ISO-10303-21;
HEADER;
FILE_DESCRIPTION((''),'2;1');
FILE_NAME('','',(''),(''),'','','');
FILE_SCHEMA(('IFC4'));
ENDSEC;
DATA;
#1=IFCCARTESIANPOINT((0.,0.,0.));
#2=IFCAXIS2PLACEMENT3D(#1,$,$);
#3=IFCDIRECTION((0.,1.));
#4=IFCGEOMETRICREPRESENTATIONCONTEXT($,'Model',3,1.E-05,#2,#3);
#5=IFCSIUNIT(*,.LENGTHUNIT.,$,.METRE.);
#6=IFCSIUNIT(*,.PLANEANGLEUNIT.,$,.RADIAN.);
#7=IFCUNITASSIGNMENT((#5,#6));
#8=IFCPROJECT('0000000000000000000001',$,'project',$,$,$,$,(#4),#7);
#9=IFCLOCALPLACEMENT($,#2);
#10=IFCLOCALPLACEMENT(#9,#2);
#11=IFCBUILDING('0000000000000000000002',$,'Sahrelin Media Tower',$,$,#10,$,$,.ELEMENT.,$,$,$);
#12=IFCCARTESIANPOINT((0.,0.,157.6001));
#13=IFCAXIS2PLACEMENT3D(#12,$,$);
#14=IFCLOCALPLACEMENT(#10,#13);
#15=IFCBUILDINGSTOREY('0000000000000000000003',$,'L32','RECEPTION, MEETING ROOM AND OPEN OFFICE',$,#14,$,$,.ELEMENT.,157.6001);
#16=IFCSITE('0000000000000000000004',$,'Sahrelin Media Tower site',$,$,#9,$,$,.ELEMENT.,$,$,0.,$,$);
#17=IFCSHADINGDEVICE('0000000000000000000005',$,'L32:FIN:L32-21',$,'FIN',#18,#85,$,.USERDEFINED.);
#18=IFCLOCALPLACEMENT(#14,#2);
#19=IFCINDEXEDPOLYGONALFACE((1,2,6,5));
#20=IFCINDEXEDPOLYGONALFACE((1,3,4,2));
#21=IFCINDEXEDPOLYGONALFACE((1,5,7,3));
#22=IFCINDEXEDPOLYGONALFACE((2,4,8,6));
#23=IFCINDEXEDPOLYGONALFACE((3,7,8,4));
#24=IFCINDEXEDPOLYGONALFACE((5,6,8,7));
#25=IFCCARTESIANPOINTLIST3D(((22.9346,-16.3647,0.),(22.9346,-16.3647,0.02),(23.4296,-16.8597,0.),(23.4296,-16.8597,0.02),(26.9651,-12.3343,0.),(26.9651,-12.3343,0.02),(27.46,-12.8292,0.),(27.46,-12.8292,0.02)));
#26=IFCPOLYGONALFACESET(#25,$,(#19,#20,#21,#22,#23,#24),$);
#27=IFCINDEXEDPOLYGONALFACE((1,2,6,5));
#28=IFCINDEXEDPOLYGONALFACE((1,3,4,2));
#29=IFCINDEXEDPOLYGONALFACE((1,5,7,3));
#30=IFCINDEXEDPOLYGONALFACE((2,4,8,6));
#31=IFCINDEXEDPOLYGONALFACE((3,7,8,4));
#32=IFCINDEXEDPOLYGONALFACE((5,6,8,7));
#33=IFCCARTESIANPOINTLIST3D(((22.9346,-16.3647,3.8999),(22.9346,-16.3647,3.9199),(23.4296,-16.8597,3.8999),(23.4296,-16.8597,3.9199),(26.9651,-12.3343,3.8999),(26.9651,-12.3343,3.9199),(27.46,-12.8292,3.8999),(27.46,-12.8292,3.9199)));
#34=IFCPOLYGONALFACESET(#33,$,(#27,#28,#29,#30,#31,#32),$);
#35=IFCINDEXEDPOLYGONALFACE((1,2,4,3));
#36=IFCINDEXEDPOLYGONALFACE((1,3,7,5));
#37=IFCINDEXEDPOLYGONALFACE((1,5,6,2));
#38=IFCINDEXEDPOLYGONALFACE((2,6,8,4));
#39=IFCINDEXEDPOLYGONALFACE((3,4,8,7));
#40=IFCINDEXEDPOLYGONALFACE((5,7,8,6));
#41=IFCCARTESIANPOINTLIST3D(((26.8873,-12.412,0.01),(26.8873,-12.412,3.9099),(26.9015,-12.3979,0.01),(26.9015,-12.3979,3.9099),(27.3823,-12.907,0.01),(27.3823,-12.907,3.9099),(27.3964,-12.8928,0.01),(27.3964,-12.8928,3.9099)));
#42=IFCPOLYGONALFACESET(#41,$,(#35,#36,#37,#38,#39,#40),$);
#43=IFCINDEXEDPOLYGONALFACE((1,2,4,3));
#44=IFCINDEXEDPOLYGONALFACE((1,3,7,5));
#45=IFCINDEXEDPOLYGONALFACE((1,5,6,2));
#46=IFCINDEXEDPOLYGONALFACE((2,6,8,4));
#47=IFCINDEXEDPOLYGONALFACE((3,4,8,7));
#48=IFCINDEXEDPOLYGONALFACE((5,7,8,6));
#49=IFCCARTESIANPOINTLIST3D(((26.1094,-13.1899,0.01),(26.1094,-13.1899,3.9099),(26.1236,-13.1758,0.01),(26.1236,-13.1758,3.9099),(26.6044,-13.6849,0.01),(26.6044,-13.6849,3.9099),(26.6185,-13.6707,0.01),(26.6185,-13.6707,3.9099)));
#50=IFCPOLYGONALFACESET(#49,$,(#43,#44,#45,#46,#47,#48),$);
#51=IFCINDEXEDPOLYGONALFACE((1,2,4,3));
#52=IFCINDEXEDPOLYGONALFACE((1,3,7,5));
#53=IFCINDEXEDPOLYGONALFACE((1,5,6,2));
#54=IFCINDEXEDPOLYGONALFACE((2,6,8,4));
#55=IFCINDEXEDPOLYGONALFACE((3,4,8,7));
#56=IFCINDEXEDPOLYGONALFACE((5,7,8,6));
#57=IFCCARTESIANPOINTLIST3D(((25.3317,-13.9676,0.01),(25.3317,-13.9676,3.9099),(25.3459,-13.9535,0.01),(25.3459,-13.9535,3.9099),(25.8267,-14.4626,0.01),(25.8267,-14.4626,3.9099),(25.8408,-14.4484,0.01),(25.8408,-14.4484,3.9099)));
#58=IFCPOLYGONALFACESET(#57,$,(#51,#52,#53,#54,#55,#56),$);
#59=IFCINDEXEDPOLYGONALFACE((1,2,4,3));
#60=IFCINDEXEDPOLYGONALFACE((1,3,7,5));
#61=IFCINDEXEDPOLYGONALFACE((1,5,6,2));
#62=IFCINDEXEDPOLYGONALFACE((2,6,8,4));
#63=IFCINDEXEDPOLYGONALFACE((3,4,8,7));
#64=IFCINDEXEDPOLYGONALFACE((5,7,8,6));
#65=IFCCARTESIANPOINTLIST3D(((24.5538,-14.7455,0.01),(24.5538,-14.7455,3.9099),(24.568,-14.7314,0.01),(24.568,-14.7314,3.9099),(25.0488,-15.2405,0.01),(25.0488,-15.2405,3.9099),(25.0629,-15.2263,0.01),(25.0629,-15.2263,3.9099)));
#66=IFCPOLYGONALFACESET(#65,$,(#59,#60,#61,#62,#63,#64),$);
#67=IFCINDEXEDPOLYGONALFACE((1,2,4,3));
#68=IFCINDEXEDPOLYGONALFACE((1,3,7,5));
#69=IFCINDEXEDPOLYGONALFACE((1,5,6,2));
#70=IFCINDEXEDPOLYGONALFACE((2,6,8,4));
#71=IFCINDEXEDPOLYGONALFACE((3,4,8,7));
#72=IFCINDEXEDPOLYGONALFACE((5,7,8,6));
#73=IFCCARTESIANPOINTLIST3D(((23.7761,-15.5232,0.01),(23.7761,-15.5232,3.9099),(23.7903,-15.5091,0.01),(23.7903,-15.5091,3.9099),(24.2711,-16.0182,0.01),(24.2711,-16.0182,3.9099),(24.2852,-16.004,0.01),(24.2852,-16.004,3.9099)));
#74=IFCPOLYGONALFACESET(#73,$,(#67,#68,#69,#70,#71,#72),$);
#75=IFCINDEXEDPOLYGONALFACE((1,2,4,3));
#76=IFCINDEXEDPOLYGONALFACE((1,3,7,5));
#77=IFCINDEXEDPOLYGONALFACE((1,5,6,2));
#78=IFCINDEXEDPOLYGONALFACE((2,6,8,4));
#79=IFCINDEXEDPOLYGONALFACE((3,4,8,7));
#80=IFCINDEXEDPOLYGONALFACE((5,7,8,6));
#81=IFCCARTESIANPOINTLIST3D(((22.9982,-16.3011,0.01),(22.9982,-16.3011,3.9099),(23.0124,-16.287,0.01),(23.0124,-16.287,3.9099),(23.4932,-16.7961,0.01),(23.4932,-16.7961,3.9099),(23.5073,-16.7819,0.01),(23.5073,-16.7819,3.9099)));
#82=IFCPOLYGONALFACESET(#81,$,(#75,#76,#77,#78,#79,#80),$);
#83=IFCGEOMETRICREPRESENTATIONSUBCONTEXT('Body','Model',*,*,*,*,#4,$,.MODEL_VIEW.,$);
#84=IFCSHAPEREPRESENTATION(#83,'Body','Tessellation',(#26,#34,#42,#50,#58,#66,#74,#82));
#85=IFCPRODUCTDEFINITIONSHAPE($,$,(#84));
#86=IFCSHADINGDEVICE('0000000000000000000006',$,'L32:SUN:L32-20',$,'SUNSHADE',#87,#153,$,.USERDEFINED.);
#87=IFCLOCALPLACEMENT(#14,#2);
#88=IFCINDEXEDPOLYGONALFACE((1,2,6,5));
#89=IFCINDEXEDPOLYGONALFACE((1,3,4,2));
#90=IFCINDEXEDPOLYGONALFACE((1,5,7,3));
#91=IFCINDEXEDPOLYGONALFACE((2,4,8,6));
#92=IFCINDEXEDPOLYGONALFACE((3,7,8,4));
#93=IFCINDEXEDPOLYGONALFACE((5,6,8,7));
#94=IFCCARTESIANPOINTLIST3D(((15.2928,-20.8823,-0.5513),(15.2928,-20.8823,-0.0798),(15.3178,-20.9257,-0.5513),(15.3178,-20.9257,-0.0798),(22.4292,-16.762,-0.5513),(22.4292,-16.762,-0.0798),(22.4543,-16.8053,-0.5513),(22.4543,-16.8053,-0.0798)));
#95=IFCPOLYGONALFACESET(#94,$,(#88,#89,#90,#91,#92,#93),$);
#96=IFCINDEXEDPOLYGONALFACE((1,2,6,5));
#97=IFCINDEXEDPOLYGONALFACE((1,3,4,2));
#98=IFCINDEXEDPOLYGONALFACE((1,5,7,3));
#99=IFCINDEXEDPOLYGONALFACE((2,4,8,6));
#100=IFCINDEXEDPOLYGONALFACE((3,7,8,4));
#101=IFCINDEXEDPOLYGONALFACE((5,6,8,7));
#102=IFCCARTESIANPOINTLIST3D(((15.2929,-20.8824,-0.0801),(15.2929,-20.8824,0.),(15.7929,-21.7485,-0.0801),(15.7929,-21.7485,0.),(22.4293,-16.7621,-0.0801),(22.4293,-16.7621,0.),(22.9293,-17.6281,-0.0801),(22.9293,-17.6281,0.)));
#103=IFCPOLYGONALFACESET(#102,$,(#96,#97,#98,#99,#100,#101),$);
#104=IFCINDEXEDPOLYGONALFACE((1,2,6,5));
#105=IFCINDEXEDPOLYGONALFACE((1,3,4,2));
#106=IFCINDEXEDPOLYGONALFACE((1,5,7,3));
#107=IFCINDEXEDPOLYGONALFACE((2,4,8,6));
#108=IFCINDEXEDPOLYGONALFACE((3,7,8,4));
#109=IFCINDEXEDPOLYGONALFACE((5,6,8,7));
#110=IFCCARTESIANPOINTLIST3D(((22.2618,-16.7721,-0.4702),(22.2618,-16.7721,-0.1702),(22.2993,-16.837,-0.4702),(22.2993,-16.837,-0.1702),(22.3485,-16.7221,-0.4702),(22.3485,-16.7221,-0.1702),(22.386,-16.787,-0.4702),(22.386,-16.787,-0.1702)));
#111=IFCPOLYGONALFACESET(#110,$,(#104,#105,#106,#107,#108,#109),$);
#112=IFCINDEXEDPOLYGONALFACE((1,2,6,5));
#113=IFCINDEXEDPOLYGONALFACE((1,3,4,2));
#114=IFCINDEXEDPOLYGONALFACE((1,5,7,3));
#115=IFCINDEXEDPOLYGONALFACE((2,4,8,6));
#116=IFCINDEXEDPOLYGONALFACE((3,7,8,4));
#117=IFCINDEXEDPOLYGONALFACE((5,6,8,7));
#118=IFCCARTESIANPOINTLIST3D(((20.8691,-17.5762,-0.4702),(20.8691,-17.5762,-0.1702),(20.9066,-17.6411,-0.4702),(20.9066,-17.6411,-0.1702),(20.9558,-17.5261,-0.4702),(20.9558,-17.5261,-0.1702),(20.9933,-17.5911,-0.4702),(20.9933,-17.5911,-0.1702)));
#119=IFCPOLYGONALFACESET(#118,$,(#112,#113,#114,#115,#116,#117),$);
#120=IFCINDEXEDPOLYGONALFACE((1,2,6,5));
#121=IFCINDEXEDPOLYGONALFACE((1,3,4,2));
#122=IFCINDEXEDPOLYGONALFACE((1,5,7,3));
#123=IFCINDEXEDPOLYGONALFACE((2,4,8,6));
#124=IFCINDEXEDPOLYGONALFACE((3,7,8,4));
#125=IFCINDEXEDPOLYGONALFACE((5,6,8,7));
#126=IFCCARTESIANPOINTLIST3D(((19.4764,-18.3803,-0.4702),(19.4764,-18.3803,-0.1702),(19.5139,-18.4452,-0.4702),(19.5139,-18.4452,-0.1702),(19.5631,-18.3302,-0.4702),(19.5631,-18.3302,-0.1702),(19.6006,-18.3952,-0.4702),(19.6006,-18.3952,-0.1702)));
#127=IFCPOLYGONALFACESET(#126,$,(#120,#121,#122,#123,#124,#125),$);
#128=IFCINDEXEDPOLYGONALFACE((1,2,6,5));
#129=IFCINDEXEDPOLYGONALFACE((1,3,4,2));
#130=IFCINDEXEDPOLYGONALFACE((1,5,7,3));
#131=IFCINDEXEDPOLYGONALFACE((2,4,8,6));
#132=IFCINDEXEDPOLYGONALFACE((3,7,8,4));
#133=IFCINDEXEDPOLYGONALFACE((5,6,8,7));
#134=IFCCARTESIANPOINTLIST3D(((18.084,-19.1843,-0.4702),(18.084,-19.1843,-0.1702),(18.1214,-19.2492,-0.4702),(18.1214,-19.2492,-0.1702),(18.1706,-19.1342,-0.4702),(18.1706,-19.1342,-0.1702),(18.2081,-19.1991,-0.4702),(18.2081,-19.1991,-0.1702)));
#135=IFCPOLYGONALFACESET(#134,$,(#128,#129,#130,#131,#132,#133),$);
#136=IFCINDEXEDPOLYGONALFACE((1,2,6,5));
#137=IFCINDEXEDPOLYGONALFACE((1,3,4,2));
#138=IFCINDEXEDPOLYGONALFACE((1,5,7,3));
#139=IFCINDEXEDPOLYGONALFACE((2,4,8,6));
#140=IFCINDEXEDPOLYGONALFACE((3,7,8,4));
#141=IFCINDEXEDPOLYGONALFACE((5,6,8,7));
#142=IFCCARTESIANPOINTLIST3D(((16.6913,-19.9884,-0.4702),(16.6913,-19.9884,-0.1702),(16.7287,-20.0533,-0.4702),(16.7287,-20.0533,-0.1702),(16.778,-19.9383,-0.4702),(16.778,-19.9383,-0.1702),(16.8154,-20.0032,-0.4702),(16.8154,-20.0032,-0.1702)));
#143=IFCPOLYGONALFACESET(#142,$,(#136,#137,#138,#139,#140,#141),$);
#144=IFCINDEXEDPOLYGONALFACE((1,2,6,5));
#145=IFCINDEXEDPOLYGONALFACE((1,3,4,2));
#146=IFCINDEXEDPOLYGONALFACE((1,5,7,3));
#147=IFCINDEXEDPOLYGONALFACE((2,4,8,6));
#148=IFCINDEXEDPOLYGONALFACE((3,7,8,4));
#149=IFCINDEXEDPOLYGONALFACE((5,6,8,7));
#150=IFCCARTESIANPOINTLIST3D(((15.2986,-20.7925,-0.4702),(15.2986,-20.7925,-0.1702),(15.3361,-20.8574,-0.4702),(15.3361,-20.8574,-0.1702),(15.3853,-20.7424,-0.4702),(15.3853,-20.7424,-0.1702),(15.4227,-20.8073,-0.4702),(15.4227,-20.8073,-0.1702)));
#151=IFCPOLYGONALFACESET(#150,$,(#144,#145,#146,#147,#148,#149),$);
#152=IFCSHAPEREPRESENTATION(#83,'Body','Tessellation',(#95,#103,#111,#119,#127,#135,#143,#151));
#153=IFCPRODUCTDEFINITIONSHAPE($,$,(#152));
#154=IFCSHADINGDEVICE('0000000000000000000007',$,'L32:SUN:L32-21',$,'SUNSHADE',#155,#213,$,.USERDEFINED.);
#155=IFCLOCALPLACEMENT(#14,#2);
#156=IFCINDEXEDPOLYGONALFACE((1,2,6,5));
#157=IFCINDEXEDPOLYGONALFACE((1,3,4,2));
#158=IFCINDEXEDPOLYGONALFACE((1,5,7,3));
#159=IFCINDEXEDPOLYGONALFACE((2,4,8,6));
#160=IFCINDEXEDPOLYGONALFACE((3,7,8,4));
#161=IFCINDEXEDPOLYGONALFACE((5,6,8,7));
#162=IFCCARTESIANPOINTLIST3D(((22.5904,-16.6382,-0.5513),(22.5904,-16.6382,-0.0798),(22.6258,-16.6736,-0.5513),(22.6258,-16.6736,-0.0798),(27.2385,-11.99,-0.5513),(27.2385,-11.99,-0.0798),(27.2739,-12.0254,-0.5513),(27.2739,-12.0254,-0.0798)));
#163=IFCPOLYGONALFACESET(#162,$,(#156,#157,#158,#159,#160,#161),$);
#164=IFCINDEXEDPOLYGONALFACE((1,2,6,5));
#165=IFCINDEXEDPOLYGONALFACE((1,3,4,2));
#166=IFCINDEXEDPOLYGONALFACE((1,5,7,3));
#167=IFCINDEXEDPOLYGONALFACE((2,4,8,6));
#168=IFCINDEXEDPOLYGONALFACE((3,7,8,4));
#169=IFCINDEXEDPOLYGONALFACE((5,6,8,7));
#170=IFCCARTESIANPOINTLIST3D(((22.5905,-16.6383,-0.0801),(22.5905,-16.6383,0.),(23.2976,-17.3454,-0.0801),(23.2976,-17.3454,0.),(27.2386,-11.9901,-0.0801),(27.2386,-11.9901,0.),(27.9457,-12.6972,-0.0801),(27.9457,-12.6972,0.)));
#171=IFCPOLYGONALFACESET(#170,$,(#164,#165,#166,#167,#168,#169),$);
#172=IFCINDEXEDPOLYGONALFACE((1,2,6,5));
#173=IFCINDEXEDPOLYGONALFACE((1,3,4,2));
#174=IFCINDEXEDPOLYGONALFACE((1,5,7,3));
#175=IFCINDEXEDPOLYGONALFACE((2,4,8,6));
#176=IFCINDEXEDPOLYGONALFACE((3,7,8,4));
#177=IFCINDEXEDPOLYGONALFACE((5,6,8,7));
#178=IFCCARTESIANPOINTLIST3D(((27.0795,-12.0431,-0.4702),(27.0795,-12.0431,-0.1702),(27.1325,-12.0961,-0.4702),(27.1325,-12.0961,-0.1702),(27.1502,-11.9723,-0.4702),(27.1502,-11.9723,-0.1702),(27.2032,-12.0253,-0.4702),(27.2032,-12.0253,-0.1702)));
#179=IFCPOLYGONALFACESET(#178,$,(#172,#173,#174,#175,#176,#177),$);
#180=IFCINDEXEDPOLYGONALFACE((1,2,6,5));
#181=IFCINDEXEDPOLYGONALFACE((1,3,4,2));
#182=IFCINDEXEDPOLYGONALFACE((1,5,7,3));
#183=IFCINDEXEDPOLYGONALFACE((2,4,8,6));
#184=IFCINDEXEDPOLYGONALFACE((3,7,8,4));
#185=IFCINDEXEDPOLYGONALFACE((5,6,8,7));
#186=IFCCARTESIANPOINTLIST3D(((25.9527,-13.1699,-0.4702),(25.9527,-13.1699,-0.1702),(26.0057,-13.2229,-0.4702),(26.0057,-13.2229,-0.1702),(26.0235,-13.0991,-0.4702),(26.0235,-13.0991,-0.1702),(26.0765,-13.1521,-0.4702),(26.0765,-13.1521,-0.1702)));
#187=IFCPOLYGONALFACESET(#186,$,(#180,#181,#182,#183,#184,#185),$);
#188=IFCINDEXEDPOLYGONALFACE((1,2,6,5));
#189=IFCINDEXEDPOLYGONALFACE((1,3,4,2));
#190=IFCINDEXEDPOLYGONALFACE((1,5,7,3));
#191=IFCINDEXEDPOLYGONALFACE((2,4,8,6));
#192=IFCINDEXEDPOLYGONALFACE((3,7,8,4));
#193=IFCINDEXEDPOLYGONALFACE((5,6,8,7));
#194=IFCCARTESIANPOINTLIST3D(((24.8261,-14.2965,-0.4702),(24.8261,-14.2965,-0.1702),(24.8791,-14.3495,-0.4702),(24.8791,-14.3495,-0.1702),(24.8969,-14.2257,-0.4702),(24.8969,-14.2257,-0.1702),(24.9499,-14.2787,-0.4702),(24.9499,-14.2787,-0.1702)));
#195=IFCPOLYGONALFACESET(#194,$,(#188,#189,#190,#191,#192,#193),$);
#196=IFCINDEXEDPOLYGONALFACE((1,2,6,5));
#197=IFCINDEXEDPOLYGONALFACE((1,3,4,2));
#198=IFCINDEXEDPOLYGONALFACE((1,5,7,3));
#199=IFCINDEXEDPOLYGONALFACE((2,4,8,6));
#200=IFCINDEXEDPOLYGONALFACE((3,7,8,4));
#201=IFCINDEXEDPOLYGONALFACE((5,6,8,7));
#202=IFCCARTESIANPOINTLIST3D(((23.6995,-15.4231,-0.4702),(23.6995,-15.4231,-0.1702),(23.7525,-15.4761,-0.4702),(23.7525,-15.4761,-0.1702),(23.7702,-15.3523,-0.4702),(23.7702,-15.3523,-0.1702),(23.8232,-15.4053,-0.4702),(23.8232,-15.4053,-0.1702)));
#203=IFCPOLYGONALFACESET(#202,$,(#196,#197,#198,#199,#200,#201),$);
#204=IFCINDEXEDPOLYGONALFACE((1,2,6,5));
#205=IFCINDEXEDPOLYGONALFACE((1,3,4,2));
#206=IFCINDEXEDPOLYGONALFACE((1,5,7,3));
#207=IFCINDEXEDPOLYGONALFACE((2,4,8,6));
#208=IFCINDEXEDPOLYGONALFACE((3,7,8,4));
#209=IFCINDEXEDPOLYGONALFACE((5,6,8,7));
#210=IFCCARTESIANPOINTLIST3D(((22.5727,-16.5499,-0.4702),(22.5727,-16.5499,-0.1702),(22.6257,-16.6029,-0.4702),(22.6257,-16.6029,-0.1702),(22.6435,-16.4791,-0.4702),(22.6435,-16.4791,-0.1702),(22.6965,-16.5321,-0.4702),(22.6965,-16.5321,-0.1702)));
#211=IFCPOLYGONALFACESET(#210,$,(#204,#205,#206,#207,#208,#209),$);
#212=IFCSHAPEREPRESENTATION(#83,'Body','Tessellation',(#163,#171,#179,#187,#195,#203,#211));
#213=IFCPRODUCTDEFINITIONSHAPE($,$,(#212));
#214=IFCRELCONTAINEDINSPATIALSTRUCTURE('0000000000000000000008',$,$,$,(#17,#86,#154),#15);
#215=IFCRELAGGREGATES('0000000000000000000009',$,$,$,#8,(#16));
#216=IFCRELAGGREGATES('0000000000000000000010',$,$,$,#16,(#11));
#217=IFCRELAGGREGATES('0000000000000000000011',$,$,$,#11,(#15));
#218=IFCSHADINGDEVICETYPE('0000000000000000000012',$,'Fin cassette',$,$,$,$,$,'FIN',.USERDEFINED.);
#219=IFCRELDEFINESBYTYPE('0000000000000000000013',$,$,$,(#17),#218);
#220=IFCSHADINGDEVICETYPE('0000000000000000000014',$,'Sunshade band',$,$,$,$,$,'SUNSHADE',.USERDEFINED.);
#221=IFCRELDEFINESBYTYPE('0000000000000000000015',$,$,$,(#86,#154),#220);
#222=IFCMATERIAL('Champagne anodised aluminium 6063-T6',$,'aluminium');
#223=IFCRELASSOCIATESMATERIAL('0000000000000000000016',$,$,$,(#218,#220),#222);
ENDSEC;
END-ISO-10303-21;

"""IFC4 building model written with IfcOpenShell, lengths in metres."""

from ifc_helpers import new_model, si_unit, direction, frame, origin, origin_2d, place, context, subcontext, project, spatial, rectangle, extrude, material, type_object, element, save


model = new_model("IFC4")

# Units and contexts
model_context = context("Model", 3, precision=1e-05, world=origin(), true_north=direction((0.0, 1.0)))
body_context = subcontext(model_context, "Body", "Model", "MODEL_VIEW")
ifc_project = project(units=[si_unit("LENGTHUNIT", "METRE"), si_unit("PLANEANGLEUNIT", "RADIAN")], contexts=[model_context])

# Site, building, storey
site_placement = place(None, origin())
site = spatial("IfcSite", under=ifc_project, at=site_placement, Name="Sahrelin Media Tower site", CompositionType="ELEMENT", RefElevation=0.0)
building_placement = place(site_placement, origin())
building = spatial("IfcBuilding", under=site, at=building_placement, Name="Sahrelin Media Tower", CompositionType="ELEMENT")
storey_placement = place(building_placement, frame((0.0, 0.0, 157.6001)))
storey = spatial("IfcBuildingStorey", under=building, at=storey_placement, Name="L32", Description="RECEPTION, MEETING ROOM AND OPEN OFFICE", CompositionType="ELEMENT", Elevation=157.6001)

# Shared definitions
ifc_material_1 = material(Name="Champagne anodised aluminium 6063-T6", Category="aluminium")

# Shading devices
shading_device_type_1 = type_object("IfcShadingDeviceType", Name="Fin cassette", ElementType="FIN", PredefinedType="USERDEFINED", material=ifc_material_1)
placement_1 = place(storey_placement, frame((18.8511, -18.8049, 0.0), z_axis=(0.0, 0.0, 1.0), x_axis=(-0.866019, -0.500011, 0.0)))
placement_2 = place(storey_placement, frame((24.9004, -14.3, 0.0), z_axis=(0.0, 0.0, 1.0), x_axis=(-0.707107, -0.707107, 0.0)))
element("IfcShadingDevice", 1, at=placement_2, inside=storey, type_object=shading_device_type_1, Name="L32:FIN:L32-21", ObjectType="FIN", PredefinedType="USERDEFINED", context=body_context, shape_type="SweptSolid", body=[
    extrude(rectangle(XDim=5.7, YDim=0.7, at=origin_2d()), frame((0.0, 0.4199, 0.0)), (0.0, 0.0, 1.0), 0.02),
    extrude(rectangle(XDim=5.7, YDim=0.7, at=origin_2d()), frame((0.0, 0.4199, 3.8999)), (0.0, 0.0, 1.0), 0.02),
    extrude(rectangle(XDim=0.02, YDim=0.7, at=origin_2d()), frame((-2.75, 0.4199, 0.01), z_axis=(0.0, 0.0, 1.0), x_axis=(1.0, 0.0, 0.0)), (0.0, 0.0, 1.0), 3.8999),
    extrude(rectangle(XDim=0.02, YDim=0.7, at=origin_2d()), frame((-1.6499, 0.4199, 0.01), z_axis=(0.0, 0.0, 1.0), x_axis=(1.0, 0.0, 0.0)), (0.0, 0.0, 1.0), 3.8999),
    extrude(rectangle(XDim=0.02, YDim=0.7, at=origin_2d()), frame((-0.55, 0.4199, 0.01), z_axis=(0.0, 0.0, 1.0), x_axis=(1.0, 0.0, 0.0)), (0.0, 0.0, 1.0), 3.8999),
    extrude(rectangle(XDim=0.02, YDim=0.7, at=origin_2d()), frame((0.55, 0.4199, 0.01), z_axis=(0.0, 0.0, 1.0), x_axis=(1.0, 0.0, 0.0)), (0.0, 0.0, 1.0), 3.8999),
    extrude(rectangle(XDim=0.02, YDim=0.7, at=origin_2d()), frame((1.6499, 0.4199, 0.01), z_axis=(0.0, 0.0, 1.0), x_axis=(1.0, 0.0, 0.0)), (0.0, 0.0, 1.0), 3.8999),
    extrude(rectangle(XDim=0.02, YDim=0.7, at=origin_2d()), frame((2.75, 0.4199, 0.01), z_axis=(0.0, 0.0, 1.0), x_axis=(1.0, 0.0, 0.0)), (0.0, 0.0, 1.0), 3.8999),
])
shading_device_type_2 = type_object("IfcShadingDeviceType", Name="Sunshade band", ElementType="SUNSHADE", PredefinedType="USERDEFINED", material=ifc_material_1)
element("IfcShadingDevice", 2, at=placement_1, inside=storey, type_object=shading_device_type_2, Name="L32:SUN:L32-20", ObjectType="SUNSHADE", PredefinedType="USERDEFINED", context=body_context, shape_type="SweptSolid", body=[
    extrude(rectangle(XDim=8.2405, YDim=0.05, at=origin_2d()), frame((0.0, 0.0449, -0.5513)), (0.0, 0.0, 1.0), 0.4714),
    extrude(rectangle(XDim=8.2405, YDim=1.0, at=origin_2d()), frame((0.0, 0.52, -0.0801)), (0.0, 0.0, 1.0), 0.0801),
    extrude(rectangle(XDim=0.1001, YDim=0.075, at=origin_2d()), frame((-4.0203, -0.0176, -0.4702)), (0.0, 0.0, 1.0), 0.3),
    extrude(rectangle(XDim=0.1001, YDim=0.075, at=origin_2d()), frame((-2.4121, -0.0176, -0.4702)), (0.0, 0.0, 1.0), 0.3),
    extrude(rectangle(XDim=0.1001, YDim=0.075, at=origin_2d()), frame((-0.804, -0.0176, -0.4702)), (0.0, 0.0, 1.0), 0.3),
    extrude(rectangle(XDim=0.1001, YDim=0.075, at=origin_2d()), frame((0.804, -0.0176, -0.4702)), (0.0, 0.0, 1.0), 0.3),
    extrude(rectangle(XDim=0.1001, YDim=0.075, at=origin_2d()), frame((2.4121, -0.0176, -0.4702)), (0.0, 0.0, 1.0), 0.3),
    extrude(rectangle(XDim=0.1001, YDim=0.075, at=origin_2d()), frame((4.0203, -0.0176, -0.4702)), (0.0, 0.0, 1.0), 0.3),
])
element("IfcShadingDevice", 3, at=placement_2, inside=storey, type_object=shading_device_type_2, Name="L32:SUN:L32-21", ObjectType="SUNSHADE", PredefinedType="USERDEFINED", context=body_context, shape_type="SweptSolid", body=[
    extrude(rectangle(XDim=6.5735, YDim=0.05, at=origin_2d()), frame((0.0, 0.0449, -0.5513)), (0.0, 0.0, 1.0), 0.4714),
    extrude(rectangle(XDim=6.5735, YDim=1.0, at=origin_2d()), frame((0.0, 0.52, -0.0801)), (0.0, 0.0, 1.0), 0.0801),
    extrude(rectangle(XDim=0.1001, YDim=0.075, at=origin_2d()), frame((-3.1868, -0.0176, -0.4702)), (0.0, 0.0, 1.0), 0.3),
    extrude(rectangle(XDim=0.1001, YDim=0.075, at=origin_2d()), frame((-1.5933, -0.0176, -0.4702)), (0.0, 0.0, 1.0), 0.3),
    extrude(rectangle(XDim=0.1001, YDim=0.075, at=origin_2d()), frame((0.0, -0.0176, -0.4702)), (0.0, 0.0, 1.0), 0.3),
    extrude(rectangle(XDim=0.1001, YDim=0.075, at=origin_2d()), frame((1.5933, -0.0176, -0.4702)), (0.0, 0.0, 1.0), 0.3),
    extrude(rectangle(XDim=0.1001, YDim=0.075, at=origin_2d()), frame((3.1868, -0.0176, -0.4702)), (0.0, 0.0, 1.0), 0.3),
])

save(model, "model.ifc")
